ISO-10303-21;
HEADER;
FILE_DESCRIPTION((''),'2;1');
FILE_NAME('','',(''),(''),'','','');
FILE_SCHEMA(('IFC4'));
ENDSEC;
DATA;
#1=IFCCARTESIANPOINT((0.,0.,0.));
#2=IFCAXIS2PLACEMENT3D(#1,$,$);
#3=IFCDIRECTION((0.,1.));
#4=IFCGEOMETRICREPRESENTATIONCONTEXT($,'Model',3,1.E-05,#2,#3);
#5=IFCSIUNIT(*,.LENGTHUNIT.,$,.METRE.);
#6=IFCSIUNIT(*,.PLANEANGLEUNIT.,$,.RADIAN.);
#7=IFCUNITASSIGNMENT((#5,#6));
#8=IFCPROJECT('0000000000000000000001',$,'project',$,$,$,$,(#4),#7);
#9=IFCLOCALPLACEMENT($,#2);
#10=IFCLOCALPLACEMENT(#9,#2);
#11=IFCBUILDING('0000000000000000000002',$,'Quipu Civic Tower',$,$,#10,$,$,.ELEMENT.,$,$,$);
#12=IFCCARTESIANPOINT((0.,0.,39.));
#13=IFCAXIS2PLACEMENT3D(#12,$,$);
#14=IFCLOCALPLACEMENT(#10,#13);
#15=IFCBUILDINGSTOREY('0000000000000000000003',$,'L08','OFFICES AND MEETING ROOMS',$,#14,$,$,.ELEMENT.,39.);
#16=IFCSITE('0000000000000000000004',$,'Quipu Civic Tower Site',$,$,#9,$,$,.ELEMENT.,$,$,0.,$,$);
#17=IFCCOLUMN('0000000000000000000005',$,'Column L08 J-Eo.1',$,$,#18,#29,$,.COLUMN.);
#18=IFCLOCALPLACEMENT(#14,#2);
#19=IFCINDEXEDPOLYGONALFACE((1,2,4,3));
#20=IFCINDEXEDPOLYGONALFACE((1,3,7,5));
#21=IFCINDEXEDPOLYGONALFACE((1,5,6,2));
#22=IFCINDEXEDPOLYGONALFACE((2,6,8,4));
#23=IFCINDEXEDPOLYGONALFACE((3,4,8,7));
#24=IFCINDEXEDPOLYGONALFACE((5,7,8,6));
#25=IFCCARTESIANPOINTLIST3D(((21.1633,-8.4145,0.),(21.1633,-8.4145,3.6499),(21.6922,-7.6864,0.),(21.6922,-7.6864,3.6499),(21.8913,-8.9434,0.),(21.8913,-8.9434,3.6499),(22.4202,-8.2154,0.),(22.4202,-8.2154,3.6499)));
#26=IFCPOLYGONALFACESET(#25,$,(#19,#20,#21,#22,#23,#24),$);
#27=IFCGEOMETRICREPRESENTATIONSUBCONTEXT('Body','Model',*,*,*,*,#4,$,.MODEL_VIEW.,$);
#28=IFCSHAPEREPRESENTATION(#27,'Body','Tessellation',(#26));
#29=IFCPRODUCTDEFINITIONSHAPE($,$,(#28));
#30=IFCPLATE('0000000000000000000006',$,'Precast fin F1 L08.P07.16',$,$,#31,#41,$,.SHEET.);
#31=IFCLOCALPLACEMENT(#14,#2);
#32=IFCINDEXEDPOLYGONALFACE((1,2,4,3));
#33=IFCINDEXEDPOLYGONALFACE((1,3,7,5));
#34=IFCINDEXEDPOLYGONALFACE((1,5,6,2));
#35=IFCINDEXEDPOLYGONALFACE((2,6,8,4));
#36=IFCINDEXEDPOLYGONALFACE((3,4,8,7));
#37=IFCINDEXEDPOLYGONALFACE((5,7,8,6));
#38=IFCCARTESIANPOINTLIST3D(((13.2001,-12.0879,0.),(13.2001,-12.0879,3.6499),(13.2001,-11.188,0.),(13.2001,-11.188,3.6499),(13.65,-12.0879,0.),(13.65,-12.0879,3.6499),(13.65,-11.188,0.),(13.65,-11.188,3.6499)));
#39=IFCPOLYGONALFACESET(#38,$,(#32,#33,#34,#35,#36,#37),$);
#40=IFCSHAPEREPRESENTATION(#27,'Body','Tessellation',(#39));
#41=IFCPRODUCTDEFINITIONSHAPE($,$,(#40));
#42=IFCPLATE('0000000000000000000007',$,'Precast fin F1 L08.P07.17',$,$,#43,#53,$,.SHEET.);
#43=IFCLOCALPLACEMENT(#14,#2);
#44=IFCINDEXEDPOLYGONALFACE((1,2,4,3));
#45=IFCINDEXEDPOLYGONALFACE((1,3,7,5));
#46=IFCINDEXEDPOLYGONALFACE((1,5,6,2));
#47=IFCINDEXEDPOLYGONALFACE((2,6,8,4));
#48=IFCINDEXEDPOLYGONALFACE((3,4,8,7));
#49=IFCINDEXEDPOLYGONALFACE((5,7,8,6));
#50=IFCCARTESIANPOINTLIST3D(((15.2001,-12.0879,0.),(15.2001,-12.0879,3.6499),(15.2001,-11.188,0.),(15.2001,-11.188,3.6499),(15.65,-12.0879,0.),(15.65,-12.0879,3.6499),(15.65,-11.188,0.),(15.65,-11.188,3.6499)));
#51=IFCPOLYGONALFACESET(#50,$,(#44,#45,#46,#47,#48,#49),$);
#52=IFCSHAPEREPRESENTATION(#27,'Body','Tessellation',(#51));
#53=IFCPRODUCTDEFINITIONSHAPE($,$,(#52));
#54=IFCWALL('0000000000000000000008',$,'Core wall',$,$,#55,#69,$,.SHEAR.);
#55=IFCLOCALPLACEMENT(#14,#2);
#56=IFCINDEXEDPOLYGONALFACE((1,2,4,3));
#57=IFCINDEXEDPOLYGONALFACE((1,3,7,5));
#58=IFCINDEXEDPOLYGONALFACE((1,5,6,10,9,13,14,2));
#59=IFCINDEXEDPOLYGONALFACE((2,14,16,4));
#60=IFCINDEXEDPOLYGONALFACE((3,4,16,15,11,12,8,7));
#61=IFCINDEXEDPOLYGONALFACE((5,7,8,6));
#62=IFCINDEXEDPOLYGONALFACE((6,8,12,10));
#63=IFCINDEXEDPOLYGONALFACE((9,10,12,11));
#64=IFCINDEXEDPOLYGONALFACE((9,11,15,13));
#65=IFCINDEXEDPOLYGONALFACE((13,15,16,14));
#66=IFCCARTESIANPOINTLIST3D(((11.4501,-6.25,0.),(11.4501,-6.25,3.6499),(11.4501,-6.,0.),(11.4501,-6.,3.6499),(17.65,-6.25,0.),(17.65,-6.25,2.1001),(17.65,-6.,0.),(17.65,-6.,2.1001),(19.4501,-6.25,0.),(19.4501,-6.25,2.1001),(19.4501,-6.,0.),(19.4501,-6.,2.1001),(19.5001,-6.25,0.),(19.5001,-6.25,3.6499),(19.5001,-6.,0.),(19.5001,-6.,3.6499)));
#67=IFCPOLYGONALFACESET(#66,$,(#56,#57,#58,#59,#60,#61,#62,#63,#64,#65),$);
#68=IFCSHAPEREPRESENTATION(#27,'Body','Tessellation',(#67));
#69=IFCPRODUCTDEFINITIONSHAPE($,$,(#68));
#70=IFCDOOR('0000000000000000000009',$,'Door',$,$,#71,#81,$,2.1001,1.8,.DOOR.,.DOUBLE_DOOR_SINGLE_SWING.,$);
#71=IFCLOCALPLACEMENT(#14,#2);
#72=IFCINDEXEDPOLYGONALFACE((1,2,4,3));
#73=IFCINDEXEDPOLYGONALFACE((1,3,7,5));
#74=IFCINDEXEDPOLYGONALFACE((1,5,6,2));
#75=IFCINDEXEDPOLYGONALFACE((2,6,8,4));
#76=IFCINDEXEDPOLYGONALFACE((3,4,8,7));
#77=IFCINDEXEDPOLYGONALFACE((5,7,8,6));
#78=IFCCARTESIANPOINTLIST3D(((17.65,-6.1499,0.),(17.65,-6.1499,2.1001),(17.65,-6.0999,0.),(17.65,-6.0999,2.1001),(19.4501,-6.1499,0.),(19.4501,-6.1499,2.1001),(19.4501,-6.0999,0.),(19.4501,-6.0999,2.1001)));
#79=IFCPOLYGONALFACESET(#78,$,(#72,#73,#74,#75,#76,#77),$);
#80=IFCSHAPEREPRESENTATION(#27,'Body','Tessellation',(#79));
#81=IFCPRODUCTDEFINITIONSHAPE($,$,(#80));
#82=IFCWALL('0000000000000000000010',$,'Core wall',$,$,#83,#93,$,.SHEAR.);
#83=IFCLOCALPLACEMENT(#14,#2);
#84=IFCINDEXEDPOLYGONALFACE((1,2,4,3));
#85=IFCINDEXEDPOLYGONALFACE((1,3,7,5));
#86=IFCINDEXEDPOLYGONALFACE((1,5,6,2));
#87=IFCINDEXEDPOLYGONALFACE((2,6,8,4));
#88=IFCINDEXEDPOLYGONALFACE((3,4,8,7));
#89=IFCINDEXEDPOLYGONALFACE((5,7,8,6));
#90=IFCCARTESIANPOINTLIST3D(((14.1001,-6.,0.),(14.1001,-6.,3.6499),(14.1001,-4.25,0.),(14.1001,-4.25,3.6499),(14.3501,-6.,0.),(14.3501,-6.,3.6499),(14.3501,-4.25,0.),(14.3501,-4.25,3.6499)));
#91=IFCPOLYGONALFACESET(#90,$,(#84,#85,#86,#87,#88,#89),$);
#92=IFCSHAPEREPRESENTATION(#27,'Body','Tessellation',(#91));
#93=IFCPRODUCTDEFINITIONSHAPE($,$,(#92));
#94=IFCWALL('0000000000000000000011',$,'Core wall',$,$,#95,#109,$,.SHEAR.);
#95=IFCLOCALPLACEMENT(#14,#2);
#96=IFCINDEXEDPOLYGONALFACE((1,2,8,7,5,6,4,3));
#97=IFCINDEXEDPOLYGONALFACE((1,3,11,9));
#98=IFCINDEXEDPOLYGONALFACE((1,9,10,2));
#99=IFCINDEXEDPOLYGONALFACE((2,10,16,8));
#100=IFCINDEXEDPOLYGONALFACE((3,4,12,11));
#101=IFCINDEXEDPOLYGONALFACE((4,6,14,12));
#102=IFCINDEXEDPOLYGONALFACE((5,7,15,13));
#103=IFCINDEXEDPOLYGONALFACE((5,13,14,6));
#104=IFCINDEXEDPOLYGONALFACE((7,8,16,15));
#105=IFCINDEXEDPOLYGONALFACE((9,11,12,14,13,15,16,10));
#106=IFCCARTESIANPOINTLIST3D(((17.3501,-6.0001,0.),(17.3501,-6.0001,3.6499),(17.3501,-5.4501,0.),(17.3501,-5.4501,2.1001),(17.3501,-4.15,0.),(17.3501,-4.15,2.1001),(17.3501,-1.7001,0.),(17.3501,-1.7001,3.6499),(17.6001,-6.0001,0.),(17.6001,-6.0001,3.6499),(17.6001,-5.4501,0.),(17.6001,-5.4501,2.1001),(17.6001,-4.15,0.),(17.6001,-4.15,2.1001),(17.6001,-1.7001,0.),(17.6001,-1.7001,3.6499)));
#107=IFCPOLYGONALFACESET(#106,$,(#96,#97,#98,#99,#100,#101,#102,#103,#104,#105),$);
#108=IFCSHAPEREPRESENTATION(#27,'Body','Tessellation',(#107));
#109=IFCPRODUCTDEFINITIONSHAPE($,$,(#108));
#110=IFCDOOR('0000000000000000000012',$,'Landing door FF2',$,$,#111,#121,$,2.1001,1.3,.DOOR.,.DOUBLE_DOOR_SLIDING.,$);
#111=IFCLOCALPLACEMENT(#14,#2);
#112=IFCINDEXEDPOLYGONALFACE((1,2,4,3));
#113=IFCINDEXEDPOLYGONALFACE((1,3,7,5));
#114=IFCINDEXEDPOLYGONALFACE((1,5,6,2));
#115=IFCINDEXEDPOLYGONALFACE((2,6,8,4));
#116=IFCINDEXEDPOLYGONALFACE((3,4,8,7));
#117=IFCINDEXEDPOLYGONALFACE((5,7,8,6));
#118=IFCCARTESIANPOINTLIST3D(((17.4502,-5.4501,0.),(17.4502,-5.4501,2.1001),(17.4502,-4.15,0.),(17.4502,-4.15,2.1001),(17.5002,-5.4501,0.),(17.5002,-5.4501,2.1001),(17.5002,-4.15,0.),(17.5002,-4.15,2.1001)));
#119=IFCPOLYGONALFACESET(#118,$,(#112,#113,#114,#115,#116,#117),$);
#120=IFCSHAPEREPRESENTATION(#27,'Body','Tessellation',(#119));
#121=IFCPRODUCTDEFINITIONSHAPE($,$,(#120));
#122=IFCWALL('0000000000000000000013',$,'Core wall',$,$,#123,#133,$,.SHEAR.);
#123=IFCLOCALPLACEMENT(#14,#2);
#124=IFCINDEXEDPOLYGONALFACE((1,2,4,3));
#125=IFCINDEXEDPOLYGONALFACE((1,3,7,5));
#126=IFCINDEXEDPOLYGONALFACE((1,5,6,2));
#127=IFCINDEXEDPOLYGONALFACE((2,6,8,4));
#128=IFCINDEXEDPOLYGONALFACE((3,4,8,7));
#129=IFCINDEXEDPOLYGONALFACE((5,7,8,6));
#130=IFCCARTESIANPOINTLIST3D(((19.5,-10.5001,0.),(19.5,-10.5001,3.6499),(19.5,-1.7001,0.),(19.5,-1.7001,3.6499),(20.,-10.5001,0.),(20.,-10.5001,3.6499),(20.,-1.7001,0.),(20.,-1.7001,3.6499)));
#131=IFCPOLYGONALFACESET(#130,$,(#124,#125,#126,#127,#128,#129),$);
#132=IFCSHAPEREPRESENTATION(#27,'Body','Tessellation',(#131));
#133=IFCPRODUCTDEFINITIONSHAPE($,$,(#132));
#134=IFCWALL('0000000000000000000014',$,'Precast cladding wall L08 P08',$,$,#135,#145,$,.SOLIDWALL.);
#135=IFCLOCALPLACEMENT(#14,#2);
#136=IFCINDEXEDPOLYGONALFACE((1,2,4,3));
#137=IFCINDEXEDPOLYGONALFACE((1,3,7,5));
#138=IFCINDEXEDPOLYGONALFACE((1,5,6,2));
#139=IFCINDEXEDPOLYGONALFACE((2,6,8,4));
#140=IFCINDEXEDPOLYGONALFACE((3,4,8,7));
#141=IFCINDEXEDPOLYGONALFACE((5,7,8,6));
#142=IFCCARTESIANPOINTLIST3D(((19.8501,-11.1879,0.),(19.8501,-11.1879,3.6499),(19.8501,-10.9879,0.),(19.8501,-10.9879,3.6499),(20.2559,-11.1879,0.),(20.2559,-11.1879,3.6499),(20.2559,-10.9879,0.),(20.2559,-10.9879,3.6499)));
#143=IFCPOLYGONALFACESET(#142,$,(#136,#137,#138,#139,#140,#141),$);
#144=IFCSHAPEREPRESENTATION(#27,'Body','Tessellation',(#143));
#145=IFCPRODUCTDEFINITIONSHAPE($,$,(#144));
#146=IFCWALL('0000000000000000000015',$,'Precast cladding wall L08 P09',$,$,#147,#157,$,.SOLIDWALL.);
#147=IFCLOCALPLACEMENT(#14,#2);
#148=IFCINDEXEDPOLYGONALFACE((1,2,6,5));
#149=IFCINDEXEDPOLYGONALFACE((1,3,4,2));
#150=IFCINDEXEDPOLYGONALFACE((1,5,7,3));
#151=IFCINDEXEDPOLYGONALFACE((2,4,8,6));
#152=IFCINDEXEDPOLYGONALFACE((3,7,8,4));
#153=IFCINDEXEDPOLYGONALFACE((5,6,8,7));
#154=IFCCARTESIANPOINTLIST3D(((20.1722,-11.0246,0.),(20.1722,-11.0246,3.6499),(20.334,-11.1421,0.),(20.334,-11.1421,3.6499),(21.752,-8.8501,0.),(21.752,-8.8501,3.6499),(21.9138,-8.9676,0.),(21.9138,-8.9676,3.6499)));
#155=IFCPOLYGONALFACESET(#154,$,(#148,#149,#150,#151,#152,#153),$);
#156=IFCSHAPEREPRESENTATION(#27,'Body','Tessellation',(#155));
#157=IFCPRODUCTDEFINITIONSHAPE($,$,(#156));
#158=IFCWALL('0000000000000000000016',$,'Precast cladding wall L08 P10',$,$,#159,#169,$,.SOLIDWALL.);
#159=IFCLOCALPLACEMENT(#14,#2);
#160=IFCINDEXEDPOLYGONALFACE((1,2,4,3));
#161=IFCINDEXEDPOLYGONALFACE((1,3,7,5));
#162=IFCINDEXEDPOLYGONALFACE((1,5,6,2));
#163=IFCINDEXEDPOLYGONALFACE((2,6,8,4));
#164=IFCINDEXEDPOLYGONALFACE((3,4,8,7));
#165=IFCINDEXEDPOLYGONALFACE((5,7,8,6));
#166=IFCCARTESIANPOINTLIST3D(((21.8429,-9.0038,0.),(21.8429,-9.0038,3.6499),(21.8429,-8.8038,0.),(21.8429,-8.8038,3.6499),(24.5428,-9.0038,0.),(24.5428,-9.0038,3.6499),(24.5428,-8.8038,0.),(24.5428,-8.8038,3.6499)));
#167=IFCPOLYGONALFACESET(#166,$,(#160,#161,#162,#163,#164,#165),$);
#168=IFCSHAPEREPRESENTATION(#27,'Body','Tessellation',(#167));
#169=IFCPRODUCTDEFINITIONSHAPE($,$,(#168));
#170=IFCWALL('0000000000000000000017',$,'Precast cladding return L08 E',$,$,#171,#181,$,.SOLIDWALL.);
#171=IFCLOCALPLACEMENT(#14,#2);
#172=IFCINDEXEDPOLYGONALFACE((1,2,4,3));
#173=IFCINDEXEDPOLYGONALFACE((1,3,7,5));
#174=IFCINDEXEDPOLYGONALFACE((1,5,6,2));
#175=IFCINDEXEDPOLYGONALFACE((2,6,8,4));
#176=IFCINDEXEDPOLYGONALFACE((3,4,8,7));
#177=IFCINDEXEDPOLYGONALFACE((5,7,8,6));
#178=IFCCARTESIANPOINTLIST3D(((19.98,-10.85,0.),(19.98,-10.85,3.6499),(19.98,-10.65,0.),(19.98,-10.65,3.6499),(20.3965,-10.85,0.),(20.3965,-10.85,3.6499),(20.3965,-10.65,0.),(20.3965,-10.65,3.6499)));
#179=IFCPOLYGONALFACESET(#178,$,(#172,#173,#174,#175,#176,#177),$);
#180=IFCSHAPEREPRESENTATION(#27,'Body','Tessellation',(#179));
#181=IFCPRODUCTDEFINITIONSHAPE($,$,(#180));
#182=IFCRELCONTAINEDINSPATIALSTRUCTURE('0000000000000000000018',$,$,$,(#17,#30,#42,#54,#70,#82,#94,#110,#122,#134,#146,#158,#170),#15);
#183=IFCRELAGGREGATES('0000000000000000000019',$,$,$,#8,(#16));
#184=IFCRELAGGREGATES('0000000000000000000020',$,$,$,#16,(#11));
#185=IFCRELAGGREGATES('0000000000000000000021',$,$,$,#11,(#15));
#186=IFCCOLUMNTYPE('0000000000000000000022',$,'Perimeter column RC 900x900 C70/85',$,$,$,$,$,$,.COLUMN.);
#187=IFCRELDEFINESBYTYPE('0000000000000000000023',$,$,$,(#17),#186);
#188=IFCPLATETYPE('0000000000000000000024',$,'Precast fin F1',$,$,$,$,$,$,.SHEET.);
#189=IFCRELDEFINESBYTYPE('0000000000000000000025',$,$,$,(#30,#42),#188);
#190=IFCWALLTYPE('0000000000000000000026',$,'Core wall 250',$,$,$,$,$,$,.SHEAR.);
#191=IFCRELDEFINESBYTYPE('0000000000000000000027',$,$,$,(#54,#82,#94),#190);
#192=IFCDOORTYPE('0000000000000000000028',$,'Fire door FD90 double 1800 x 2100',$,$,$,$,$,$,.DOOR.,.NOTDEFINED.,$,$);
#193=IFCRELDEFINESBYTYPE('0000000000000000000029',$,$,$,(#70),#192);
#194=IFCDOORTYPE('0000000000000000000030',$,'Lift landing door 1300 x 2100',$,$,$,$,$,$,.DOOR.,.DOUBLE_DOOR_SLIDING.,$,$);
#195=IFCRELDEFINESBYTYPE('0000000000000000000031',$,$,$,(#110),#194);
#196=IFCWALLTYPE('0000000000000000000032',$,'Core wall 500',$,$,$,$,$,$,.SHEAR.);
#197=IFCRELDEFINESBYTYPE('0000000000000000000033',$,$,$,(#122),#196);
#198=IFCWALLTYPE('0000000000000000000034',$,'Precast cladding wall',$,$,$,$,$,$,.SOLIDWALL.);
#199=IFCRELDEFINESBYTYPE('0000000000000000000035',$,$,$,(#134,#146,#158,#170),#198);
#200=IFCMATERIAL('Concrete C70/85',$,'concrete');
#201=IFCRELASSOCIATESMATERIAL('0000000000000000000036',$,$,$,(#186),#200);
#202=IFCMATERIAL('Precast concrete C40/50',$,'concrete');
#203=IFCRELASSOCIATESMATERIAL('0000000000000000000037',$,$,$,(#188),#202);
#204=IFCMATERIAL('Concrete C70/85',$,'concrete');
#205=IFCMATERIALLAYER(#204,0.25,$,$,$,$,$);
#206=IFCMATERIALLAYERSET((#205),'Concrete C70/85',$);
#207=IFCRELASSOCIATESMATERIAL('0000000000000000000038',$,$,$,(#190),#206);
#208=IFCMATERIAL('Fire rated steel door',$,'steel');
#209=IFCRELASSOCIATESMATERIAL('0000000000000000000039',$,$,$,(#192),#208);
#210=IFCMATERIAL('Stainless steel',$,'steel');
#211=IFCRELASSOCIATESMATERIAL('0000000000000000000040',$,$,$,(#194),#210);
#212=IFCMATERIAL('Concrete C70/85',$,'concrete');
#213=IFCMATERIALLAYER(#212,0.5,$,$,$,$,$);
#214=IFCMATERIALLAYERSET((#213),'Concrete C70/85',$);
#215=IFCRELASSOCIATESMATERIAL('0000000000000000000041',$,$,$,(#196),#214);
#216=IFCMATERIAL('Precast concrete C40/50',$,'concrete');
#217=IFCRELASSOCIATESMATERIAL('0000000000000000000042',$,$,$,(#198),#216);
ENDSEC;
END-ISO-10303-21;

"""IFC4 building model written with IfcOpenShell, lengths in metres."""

from ifc_helpers import new_model, si_unit, direction, frame, frame_2d, origin, origin_2d, place, context, subcontext, project, spatial, rectangle, extrude, material, layer, layer_set, material_profile, profile_set, type_object, element, fill, save


model = new_model("IFC4")

# Units and contexts
model_context = context("Model", 3, precision=1e-05, world=origin(), true_north=direction((0.0, 1.0)))
body_context = subcontext(model_context, "Body", "Model", "MODEL_VIEW")
ifc_project = project(units=[si_unit("LENGTHUNIT", "METRE"), si_unit("PLANEANGLEUNIT", "RADIAN")], contexts=[model_context])

# Site, building, storey
site_placement = place(None, origin())
site = spatial("IfcSite", under=ifc_project, at=site_placement, Name="Quipu Civic Tower Site", CompositionType="ELEMENT", RefElevation=0.0)
building_placement = place(site_placement, origin())
building = spatial("IfcBuilding", under=site, at=building_placement, Name="Quipu Civic Tower", CompositionType="ELEMENT")
storey_placement = place(building_placement, frame((0.0, 0.0, 39.0)))
storey = spatial("IfcBuildingStorey", under=building, at=storey_placement, Name="L08", Description="OFFICES AND MEETING ROOMS", CompositionType="ELEMENT", Elevation=39.0)

# Column
ifc_material_1 = material(Name="Concrete C70/85", Category="concrete")
ifc_material_profile = material_profile(ifc_material_1, rectangle(XDim=0.8999, YDim=0.8999, at=origin_2d()), Name="RC900x900")
ifc_profile_set = profile_set([ifc_material_profile], Name="Concrete C70/85")
column_type = type_object("IfcColumnType", Name="Perimeter column RC 900x900 C70/85", PredefinedType="COLUMN", material=ifc_profile_set)
column_placement = place(storey_placement, frame((21.7917, -8.3149, 0.0), z_axis=(0.0, 0.0, 1.0), x_axis=(0.587785, 0.809017, 0.0)))
element("IfcColumn", 1, at=column_placement, inside=storey, type_object=column_type, Name="Column L08 J-Eo.1", PredefinedType="COLUMN", context=body_context, shape_type="SweptSolid", body=[
    extrude(rectangle(XDim=0.8999, YDim=0.8999, at=origin_2d()), origin(), (0.0, 0.0, 1.0), 3.6499),
])

# Plates
ifc_material_2 = material(Name="Precast concrete C40/50", Category="concrete")
plate_type = type_object("IfcPlateType", Name="Precast fin F1", PredefinedType="SHEET", material=ifc_material_2)
for number, where, z_axis, x_axis, name in (
    (2, (13.425, -11.6379, 0.0), (0.0, 0.0, 1.0), (1.0, 0.0, 0.0), "Precast fin F1 L08.P07.16"),
    (3, (15.425, -11.6379, 0.0), (0.0, 0.0, 1.0), (1.0, 0.0, 0.0), "Precast fin F1 L08.P07.17"),
):
    element("IfcPlate", number, at=place(storey_placement, frame(where, z_axis=z_axis, x_axis=x_axis)), inside=storey, type_object=plate_type, Name=name, PredefinedType="SHEET", context=body_context, shape_type="SweptSolid", body=[
        extrude(rectangle(XDim=0.45, YDim=0.8999, at=origin_2d()), origin(), (0.0, 0.0, 1.0), 3.6499),
    ])

# Wall, opening, door
ifc_material_3 = material(Name="Concrete C70/85", Category="concrete")
ifc_layer_1 = layer(ifc_material_3, 0.25)
ifc_layer_set_1 = layer_set([ifc_layer_1], Name="Concrete C70/85")
wall_type_1 = type_object("IfcWallType", Name="Core wall 250", PredefinedType="SHEAR", material=ifc_layer_set_1)
wall_1_placement = place(storey_placement, frame((19.5, -6.125, 0.0), z_axis=(0.0, 0.0, 1.0), x_axis=(-1.0, 0.0, 0.0)))
wall_1 = element("IfcWall", 4, at=wall_1_placement, inside=storey, type_object=wall_type_1, Name="Core wall", PredefinedType="SHEAR", context=body_context, shape_type="SweptSolid", body=[
    extrude(rectangle(XDim=8.05, YDim=0.25, at=frame_2d((4.0249, 0.0))), origin(), (0.0, 0.0, 1.0), 3.6499),
])
opening_1_placement = place(wall_1_placement, frame((0.05, 0.0, 0.0)))
opening_1 = element("IfcOpeningElement", 5, at=opening_1_placement, cuts=wall_1, PredefinedType="OPENING", context=body_context, shape_type="SweptSolid", body=[
    extrude(rectangle(XDim=1.8, YDim=2.1001, at=frame_2d((0.8999, 1.05))), frame((0.0, 0.135, 0.0), z_axis=(0.0, -1.0, 0.0), x_axis=(1.0, 0.0, 0.0)), (0.0, 0.0, 1.0), 0.27),
])
ifc_material_4 = material(Name="Fire rated steel door", Category="steel")
door_type_1 = type_object("IfcDoorType", Name="Fire door FD90 double 1800 x 2100", OperationType="NOTDEFINED", PredefinedType="DOOR", material=ifc_material_4)
door_1_placement = place(opening_1_placement, origin())
door_1 = element("IfcDoor", 6, at=door_1_placement, inside=storey, type_object=door_type_1, Name="Door", OperationType="DOUBLE_DOOR_SINGLE_SWING", OverallHeight=2.1001, OverallWidth=1.8, PredefinedType="DOOR", context=body_context, shape_type="SweptSolid", body=[
    extrude(rectangle(XDim=1.8, YDim=2.1001, at=frame_2d((0.8999, 1.05))), frame((0.0, 0.0249, 0.0), z_axis=(0.0, -1.0, 0.0), x_axis=(1.0, 0.0, 0.0)), (0.0, 0.0, 1.0), 0.05),
])
fill(opening_1, door_1)

# Wall
wall_2_placement = place(storey_placement, frame((14.2251, -6.0, 0.0), z_axis=(0.0, 0.0, 1.0), x_axis=(0.0, 1.0, 0.0)))
element("IfcWall", 7, at=wall_2_placement, inside=storey, type_object=wall_type_1, Name="Core wall", PredefinedType="SHEAR", context=body_context, shape_type="SweptSolid", body=[
    extrude(rectangle(XDim=1.75, YDim=0.25, at=frame_2d((0.875, 0.0))), origin(), (0.0, 0.0, 1.0), 3.6499),
])

# Wall, opening, door
wall_3_placement = place(storey_placement, frame((17.4751, -6.0, 0.0), z_axis=(0.0, 0.0, 1.0), x_axis=(0.0, 1.0, 0.0)))
wall_3 = element("IfcWall", 8, at=wall_3_placement, inside=storey, type_object=wall_type_1, Name="Core wall", PredefinedType="SHEAR", context=body_context, shape_type="SweptSolid", body=[
    extrude(rectangle(XDim=4.3, YDim=0.25, at=frame_2d((2.1499, 0.0))), origin(), (0.0, 0.0, 1.0), 3.6499),
])
opening_2_placement = place(wall_3_placement, frame((0.55, 0.0, 0.0)))
opening_2 = element("IfcOpeningElement", 9, at=opening_2_placement, cuts=wall_3, PredefinedType="OPENING", context=body_context, shape_type="SweptSolid", body=[
    extrude(rectangle(XDim=1.3, YDim=2.1001, at=frame_2d((0.6499, 1.05))), frame((0.0, 0.135, 0.0), z_axis=(0.0, -1.0, 0.0), x_axis=(1.0, 0.0, 0.0)), (0.0, 0.0, 1.0), 0.27),
])
ifc_material_5 = material(Name="Stainless steel", Category="steel")
door_type_2 = type_object("IfcDoorType", Name="Lift landing door 1300 x 2100", OperationType="DOUBLE_DOOR_SLIDING", PredefinedType="DOOR", material=ifc_material_5)
door_2_placement = place(opening_2_placement, origin())
door_2 = element("IfcDoor", 10, at=door_2_placement, inside=storey, type_object=door_type_2, Name="Landing door FF2", OperationType="DOUBLE_DOOR_SLIDING", OverallHeight=2.1001, OverallWidth=1.3, PredefinedType="DOOR", context=body_context, shape_type="SweptSolid", body=[
    extrude(rectangle(XDim=1.3, YDim=2.1001, at=frame_2d((0.6499, 1.05))), frame((0.0, 0.0249, 0.0), z_axis=(0.0, -1.0, 0.0), x_axis=(1.0, 0.0, 0.0)), (0.0, 0.0, 1.0), 0.05),
])
fill(opening_2, door_2)

# Walls
ifc_material_6 = material(Name="Concrete C70/85", Category="concrete")
ifc_layer_2 = layer(ifc_material_6, 0.5)
ifc_layer_set_2 = layer_set([ifc_layer_2], Name="Concrete C70/85")
wall_type_2 = type_object("IfcWallType", Name="Core wall 500", PredefinedType="SHEAR", material=ifc_layer_set_2)
wall_4_placement = place(storey_placement, frame((19.75, -10.5, 0.0), z_axis=(0.0, 0.0, 1.0), x_axis=(0.0, 1.0, 0.0)))
element("IfcWall", 11, at=wall_4_placement, inside=storey, type_object=wall_type_2, Name="Core wall", PredefinedType="SHEAR", context=body_context, shape_type="SweptSolid", body=[
    extrude(rectangle(XDim=8.8, YDim=0.5, at=frame_2d((4.3999, 0.0))), origin(), (0.0, 0.0, 1.0), 3.6499),
])
ifc_material_7 = material(Name="Precast concrete C40/50", Category="concrete")
wall_type_3 = type_object("IfcWallType", Name="Precast cladding wall", PredefinedType="SOLIDWALL", material=ifc_material_7)
wall_5_placement = place(storey_placement, frame((19.8501, -11.0879, 0.0), z_axis=(0.0, 0.0, 1.0), x_axis=(1.0, 0.0, 0.0)))
element("IfcWall", 12, at=wall_5_placement, inside=storey, type_object=wall_type_3, Name="Precast cladding wall L08 P08", PredefinedType="SOLIDWALL", context=body_context, shape_type="SweptSolid", body=[
    extrude(rectangle(XDim=0.4058, YDim=0.2, at=frame_2d((0.2029, 0.0))), origin(), (0.0, 0.0, 1.0), 3.6499),
])
wall_6_placement = place(storey_placement, frame((20.2532, -11.0833, 0.0), z_axis=(0.0, 0.0, 1.0), x_axis=(0.587767, 0.809031, 0.0)))
element("IfcWall", 13, at=wall_6_placement, inside=storey, type_object=wall_type_3, Name="Precast cladding wall L08 P09", PredefinedType="SOLIDWALL", context=body_context, shape_type="SweptSolid", body=[
    extrude(rectangle(XDim=2.6877, YDim=0.2, at=frame_2d((1.3438, 0.0))), origin(), (0.0, 0.0, 1.0), 3.6499),
])
wall_7_placement = place(storey_placement, frame((21.8428, -8.9038, 0.0), z_axis=(0.0, 0.0, 1.0), x_axis=(1.0, 0.0, 0.0)))
element("IfcWall", 14, at=wall_7_placement, inside=storey, type_object=wall_type_3, Name="Precast cladding wall L08 P10", PredefinedType="SOLIDWALL", context=body_context, shape_type="SweptSolid", body=[
    extrude(rectangle(XDim=2.7, YDim=0.2, at=frame_2d((1.3501, 0.0))), origin(), (0.0, 0.0, 1.0), 3.6499),
])
wall_8_placement = place(storey_placement, frame((19.98, -10.75, 0.0), z_axis=(0.0, 0.0, 1.0), x_axis=(1.0, 0.0, 0.0)))
element("IfcWall", 15, at=wall_8_placement, inside=storey, type_object=wall_type_3, Name="Precast cladding return L08 E", PredefinedType="SOLIDWALL", context=body_context, shape_type="SweptSolid", body=[
    extrude(rectangle(XDim=0.4165, YDim=0.2, at=frame_2d((0.2083, 0.0))), origin(), (0.0, 0.0, 1.0), 3.6499),
])

save(model, "model.ifc")
